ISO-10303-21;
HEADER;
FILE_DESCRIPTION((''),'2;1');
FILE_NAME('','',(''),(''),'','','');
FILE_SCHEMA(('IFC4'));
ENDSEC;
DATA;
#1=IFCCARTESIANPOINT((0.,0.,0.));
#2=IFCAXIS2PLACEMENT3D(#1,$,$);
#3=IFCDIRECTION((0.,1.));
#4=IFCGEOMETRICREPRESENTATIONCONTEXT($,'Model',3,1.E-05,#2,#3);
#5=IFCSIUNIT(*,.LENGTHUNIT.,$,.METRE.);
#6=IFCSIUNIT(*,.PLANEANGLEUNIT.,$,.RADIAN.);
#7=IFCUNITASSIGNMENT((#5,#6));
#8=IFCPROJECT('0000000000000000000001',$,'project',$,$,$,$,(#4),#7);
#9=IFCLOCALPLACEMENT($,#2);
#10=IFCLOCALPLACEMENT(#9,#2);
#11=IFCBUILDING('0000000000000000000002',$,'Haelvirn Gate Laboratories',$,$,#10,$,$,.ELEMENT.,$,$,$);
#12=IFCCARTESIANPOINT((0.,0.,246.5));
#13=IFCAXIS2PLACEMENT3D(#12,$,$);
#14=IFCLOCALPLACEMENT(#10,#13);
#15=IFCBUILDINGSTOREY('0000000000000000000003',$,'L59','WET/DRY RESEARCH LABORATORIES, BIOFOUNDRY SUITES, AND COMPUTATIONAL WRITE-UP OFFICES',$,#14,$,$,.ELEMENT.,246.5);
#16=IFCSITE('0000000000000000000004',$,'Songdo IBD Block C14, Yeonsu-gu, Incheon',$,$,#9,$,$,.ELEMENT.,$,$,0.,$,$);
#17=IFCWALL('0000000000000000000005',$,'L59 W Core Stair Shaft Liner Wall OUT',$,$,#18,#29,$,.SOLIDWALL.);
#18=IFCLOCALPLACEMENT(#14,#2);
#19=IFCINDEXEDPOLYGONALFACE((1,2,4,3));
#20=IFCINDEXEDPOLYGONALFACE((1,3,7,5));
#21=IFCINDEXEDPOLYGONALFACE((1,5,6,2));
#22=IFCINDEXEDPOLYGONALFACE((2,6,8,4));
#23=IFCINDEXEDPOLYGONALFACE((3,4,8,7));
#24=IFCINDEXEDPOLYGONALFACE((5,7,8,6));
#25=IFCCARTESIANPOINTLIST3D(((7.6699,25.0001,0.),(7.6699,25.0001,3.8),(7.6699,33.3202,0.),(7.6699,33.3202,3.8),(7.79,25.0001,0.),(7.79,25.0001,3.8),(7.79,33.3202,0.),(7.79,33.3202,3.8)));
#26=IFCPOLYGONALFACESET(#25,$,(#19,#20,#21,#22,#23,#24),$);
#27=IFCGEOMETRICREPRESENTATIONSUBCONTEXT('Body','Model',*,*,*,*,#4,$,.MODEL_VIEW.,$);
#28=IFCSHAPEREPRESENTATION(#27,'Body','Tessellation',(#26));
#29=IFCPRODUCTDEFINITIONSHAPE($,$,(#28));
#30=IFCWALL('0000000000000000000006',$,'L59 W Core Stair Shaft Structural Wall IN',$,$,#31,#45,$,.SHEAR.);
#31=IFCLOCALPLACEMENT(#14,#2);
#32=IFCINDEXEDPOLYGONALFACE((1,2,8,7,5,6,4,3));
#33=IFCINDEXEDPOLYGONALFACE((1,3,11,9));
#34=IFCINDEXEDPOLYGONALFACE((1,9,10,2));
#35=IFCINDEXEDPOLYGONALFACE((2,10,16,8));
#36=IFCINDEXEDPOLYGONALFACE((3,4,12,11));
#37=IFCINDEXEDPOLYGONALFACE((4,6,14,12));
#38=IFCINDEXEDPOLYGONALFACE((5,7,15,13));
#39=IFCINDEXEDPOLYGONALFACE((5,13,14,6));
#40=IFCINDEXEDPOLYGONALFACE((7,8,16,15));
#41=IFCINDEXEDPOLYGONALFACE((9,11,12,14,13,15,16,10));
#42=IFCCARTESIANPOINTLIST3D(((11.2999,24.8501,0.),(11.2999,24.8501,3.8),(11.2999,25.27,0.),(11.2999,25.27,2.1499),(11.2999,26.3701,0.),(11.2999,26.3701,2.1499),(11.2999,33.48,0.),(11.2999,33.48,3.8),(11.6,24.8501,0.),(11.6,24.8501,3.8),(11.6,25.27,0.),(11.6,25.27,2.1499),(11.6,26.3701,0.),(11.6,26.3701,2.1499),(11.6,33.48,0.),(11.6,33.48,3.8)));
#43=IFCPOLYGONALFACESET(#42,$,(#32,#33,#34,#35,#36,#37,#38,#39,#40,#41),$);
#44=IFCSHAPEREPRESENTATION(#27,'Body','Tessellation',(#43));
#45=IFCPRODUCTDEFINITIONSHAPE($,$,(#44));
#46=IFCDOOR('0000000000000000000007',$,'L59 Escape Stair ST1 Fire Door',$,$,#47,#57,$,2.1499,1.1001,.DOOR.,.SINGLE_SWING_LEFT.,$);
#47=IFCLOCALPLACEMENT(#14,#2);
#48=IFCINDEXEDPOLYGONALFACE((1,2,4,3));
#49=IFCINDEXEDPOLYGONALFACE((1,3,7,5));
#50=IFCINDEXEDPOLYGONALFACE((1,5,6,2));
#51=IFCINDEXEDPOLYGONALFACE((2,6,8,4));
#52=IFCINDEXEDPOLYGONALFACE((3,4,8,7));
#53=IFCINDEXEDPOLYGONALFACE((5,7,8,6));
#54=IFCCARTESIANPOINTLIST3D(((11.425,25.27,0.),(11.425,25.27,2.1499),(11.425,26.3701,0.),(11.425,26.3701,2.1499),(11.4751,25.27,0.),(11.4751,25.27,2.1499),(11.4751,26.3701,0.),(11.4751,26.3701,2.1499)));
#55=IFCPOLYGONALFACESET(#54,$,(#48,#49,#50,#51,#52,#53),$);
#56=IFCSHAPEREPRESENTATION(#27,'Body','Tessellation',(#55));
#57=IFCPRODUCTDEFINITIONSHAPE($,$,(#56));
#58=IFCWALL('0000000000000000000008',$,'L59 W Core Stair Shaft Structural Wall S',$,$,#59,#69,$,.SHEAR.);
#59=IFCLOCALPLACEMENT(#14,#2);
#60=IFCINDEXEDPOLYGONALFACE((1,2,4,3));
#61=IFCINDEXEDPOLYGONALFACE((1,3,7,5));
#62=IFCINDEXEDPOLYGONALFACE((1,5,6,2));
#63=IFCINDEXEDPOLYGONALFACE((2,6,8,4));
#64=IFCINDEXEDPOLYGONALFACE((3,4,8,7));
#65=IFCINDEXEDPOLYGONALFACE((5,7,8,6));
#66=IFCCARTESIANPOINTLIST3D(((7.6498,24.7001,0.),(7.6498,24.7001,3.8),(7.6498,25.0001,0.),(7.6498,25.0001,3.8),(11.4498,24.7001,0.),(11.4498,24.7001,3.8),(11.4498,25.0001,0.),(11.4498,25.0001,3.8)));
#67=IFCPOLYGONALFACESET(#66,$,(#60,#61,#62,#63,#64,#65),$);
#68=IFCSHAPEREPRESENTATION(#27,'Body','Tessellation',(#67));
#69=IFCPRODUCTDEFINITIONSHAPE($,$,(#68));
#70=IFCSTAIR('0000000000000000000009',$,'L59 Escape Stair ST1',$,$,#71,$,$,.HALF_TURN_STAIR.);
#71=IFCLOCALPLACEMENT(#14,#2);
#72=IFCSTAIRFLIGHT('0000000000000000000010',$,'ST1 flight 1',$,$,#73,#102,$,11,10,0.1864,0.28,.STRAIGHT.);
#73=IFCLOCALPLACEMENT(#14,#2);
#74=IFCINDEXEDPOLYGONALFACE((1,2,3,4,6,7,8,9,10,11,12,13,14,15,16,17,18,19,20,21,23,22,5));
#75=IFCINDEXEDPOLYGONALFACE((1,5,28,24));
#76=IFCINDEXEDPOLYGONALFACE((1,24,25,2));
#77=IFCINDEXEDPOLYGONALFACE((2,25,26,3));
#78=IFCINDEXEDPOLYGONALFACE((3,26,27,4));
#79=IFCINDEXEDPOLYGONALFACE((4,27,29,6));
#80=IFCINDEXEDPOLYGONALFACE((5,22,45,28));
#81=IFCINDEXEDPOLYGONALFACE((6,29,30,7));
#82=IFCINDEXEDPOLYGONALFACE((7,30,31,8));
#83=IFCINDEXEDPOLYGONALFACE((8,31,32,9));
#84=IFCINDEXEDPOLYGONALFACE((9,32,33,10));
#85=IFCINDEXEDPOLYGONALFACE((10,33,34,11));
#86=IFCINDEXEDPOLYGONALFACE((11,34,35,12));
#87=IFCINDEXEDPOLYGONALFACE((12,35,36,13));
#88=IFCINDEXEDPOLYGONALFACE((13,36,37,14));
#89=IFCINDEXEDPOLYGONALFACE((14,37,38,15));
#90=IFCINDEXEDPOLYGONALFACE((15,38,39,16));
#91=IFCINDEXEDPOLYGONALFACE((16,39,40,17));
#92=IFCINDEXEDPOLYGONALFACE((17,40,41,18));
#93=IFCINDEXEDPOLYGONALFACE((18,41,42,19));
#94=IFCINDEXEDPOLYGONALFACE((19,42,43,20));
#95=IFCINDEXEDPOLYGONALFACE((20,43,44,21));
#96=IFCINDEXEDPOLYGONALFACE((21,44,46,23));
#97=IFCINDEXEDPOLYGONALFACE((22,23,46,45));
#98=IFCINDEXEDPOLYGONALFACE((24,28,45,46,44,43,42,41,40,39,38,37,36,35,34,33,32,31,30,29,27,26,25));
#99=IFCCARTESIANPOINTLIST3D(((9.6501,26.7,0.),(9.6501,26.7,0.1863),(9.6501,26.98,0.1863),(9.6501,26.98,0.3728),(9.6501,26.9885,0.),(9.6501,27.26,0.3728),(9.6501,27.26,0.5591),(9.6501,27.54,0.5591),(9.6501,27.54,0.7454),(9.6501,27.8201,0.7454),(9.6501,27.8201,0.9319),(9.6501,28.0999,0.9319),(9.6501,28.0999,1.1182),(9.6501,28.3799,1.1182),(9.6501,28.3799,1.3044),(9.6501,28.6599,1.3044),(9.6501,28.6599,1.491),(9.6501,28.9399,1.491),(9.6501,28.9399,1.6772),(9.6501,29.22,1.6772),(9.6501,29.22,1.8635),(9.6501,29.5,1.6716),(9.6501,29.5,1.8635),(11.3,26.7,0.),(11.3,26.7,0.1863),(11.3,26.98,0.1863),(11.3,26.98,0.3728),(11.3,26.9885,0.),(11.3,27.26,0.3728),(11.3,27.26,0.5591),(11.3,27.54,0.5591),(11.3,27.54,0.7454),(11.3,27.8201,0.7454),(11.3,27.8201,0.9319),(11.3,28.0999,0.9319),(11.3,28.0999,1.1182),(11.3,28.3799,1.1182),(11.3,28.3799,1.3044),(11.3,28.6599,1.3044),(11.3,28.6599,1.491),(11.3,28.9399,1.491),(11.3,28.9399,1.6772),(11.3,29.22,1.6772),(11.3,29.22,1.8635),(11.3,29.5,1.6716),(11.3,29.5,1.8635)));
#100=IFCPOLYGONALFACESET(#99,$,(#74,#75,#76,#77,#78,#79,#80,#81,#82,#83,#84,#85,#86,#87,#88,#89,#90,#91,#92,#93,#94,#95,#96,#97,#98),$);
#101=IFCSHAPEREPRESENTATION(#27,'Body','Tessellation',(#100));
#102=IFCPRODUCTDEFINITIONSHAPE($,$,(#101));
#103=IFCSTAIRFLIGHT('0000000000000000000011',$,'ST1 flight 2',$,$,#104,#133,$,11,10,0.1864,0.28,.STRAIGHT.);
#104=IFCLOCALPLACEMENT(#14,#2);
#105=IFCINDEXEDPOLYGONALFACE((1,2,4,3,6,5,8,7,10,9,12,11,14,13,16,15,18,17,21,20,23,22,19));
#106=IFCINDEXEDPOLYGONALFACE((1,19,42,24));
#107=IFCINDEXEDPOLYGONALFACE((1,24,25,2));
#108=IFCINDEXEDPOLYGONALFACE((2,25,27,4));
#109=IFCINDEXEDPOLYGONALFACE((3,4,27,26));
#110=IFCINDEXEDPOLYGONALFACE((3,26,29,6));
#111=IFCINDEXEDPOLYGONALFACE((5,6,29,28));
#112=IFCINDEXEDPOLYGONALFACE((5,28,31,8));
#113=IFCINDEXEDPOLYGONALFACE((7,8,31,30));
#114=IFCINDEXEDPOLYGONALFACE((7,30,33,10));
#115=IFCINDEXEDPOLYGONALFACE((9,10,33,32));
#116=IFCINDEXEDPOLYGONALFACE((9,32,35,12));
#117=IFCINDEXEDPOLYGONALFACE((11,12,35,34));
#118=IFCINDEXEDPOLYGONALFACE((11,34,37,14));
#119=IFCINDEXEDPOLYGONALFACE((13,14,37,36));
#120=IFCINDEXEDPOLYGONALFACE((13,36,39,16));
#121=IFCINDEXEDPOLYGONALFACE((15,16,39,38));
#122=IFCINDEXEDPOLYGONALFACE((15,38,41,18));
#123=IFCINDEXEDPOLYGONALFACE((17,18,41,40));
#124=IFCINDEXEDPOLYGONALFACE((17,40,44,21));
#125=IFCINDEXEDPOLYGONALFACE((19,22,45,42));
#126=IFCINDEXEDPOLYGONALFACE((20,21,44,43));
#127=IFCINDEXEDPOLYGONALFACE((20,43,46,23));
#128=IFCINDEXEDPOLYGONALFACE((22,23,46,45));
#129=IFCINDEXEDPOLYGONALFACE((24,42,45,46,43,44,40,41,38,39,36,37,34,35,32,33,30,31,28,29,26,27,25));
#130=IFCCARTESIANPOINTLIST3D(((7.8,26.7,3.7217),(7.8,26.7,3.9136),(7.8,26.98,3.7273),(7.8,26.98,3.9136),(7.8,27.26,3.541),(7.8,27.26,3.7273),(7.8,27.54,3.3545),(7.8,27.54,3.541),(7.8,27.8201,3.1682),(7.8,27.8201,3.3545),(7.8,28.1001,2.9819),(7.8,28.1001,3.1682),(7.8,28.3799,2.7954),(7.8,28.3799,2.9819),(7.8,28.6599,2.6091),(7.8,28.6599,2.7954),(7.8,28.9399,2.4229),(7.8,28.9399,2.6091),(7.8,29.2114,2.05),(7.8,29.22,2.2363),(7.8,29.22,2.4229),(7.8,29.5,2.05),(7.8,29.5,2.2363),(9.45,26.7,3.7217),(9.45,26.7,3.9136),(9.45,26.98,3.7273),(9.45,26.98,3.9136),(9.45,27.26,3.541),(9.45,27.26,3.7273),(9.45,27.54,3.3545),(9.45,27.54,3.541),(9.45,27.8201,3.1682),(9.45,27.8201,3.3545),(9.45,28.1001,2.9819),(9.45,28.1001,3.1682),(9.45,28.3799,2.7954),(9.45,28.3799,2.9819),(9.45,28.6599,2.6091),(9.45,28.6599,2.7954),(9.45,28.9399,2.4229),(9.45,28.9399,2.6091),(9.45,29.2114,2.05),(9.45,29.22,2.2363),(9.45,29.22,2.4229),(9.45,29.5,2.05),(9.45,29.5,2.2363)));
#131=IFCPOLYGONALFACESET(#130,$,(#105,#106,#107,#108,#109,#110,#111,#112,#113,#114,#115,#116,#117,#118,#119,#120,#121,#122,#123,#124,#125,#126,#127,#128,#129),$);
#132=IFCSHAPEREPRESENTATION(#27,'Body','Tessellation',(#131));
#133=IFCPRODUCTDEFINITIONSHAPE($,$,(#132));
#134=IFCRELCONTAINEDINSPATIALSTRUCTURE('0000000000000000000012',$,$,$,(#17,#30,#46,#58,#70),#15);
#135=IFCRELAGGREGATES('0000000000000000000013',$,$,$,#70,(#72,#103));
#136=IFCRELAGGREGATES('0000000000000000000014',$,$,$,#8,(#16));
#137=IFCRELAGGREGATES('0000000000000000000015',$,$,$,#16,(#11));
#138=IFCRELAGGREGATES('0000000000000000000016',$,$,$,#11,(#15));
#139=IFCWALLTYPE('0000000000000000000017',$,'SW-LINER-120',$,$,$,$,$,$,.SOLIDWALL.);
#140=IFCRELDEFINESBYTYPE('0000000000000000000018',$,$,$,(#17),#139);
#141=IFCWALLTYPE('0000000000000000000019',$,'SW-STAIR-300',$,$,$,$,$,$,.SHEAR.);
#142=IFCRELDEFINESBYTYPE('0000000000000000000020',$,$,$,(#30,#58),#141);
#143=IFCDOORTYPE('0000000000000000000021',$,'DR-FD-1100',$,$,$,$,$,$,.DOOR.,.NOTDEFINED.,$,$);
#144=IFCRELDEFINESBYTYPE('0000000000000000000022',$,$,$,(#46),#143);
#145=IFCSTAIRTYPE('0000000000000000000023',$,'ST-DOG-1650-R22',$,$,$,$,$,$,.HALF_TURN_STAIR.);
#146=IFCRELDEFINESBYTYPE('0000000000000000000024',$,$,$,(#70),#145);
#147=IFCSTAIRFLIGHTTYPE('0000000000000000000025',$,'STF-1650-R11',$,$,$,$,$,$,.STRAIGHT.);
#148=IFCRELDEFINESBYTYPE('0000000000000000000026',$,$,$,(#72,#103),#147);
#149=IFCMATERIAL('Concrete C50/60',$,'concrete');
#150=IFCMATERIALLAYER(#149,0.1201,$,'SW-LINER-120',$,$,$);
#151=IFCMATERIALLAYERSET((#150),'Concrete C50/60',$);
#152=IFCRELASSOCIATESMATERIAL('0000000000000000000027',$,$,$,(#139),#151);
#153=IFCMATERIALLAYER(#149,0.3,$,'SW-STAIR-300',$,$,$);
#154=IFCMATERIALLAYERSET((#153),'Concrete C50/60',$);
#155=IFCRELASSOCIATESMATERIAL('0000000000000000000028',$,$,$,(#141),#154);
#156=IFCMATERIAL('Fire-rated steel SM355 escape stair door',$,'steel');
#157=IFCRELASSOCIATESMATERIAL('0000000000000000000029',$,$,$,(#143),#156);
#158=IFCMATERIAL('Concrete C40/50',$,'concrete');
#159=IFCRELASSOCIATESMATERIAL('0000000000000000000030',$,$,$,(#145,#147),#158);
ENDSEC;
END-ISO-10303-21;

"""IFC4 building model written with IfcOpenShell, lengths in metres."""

from ifc_helpers import new_model, si_unit, direction, frame, frame_2d, origin, place, context, subcontext, project, spatial, polyline, rectangle, outline, extrude, source, transform, mapped, material, layer, layer_set, type_object, type_shapes, element, fill, aggregate, save


model = new_model("IFC4")

# Units and contexts
model_context = context("Model", 3, precision=1e-05, world=origin(), true_north=direction((0.0, 1.0)))
body_context = subcontext(model_context, "Body", "Model", "MODEL_VIEW")
ifc_project = project(units=[si_unit("LENGTHUNIT", "METRE"), si_unit("PLANEANGLEUNIT", "RADIAN")], contexts=[model_context])

# Site, building, storey
site_placement = place(None, origin())
site = spatial("IfcSite", under=ifc_project, at=site_placement, Name="Songdo IBD Block C14, Yeonsu-gu, Incheon", CompositionType="ELEMENT", RefElevation=0.0)
building_placement = place(site_placement, origin())
building = spatial("IfcBuilding", under=site, at=building_placement, Name="Haelvirn Gate Laboratories", CompositionType="ELEMENT")
storey_placement = place(building_placement, frame((0.0, 0.0, 246.5)))
storey = spatial("IfcBuildingStorey", under=building, at=storey_placement, Name="L59", Description="WET/DRY RESEARCH LABORATORIES, BIOFOUNDRY SUITES, AND COMPUTATIONAL WRITE-UP OFFICES", CompositionType="ELEMENT", Elevation=246.5)

# Shared definitions
ifc_material_1 = material(Name="Concrete C50/60", Category="concrete")

# Shared definitions
ifc_material_2 = material(Name="Concrete C40/50", Category="concrete")

# Wall
ifc_layer_1 = layer(ifc_material_1, 0.1201, Name="SW-LINER-120")
ifc_layer_set_1 = layer_set([ifc_layer_1], Name="Concrete C50/60")
wall_type_1 = type_object("IfcWallType", Name="SW-LINER-120", PredefinedType="SOLIDWALL", material=ifc_layer_set_1)
wall_1_placement = place(storey_placement, frame((7.73, 25.0, 0.0), z_axis=(0.0, 0.0, 1.0), x_axis=(0.0, 1.0, 0.0)))
element("IfcWall", 1, at=wall_1_placement, inside=storey, type_object=wall_type_1, Name="L59 W Core Stair Shaft Liner Wall OUT", PredefinedType="SOLIDWALL", context=body_context, shape_type="SweptSolid", body=[
    extrude(rectangle(XDim=8.3201, YDim=0.1201, at=frame_2d((4.1602, 0.0))), origin(), (0.0, 0.0, 1.0), 3.8),
])

# Wall, opening, door
ifc_layer_2 = layer(ifc_material_1, 0.3, Name="SW-STAIR-300")
ifc_layer_set_2 = layer_set([ifc_layer_2], Name="Concrete C50/60")
wall_type_2 = type_object("IfcWallType", Name="SW-STAIR-300", PredefinedType="SHEAR", material=ifc_layer_set_2)
wall_2_placement = place(storey_placement, frame((11.45, 24.8501, 0.0), z_axis=(0.0, 0.0, 1.0), x_axis=(0.0, 1.0, 0.0)))
wall_2 = element("IfcWall", 2, at=wall_2_placement, inside=storey, type_object=wall_type_2, Name="L59 W Core Stair Shaft Structural Wall IN", PredefinedType="SHEAR", context=body_context, shape_type="SweptSolid", body=[
    extrude(rectangle(XDim=8.6299, YDim=0.3, at=frame_2d((4.3149, 0.0))), origin(), (0.0, 0.0, 1.0), 3.8),
])
opening_1_placement = place(wall_2_placement, frame((0.4199, 0.0, 0.0)))
opening_1 = element("IfcOpeningElement", 3, at=opening_1_placement, cuts=wall_2, PredefinedType="OPENING", context=body_context, shape_type="SweptSolid", body=[
    extrude(rectangle(XDim=1.1001, YDim=2.1499, at=frame_2d((0.55, 1.075))), frame((0.0, 0.1602, 0.0), z_axis=(0.0, -1.0, 0.0), x_axis=(1.0, 0.0, 0.0)), (0.0, 0.0, 1.0), 0.3201),
])
ifc_material_3 = material(Name="Fire-rated steel SM355 escape stair door", Category="steel")
door_type_1 = type_object("IfcDoorType", Name="DR-FD-1100", OperationType="NOTDEFINED", PredefinedType="DOOR", material=ifc_material_3)
shared_shape_1 = source(origin(), body_context, "Body", "SweptSolid", [
    extrude(rectangle(XDim=1.1001, YDim=2.1499, at=frame_2d((0.55, 1.075))), frame((0.0, 0.0249, 0.0), z_axis=(0.0, -1.0, 0.0), x_axis=(1.0, 0.0, 0.0)), (0.0, 0.0, 1.0), 0.05),
])
type_shapes(door_type_1, [shared_shape_1])
door_1_placement = place(opening_1_placement, origin())
door_1 = element("IfcDoor", 4, at=door_1_placement, inside=storey, type_object=door_type_1, Name="L59 Escape Stair ST1 Fire Door", OperationType="SINGLE_SWING_LEFT", OverallHeight=2.1499, OverallWidth=1.1001, PredefinedType="DOOR", context=body_context, shape_type="MappedRepresentation", body=[
    mapped(shared_shape_1, transform((0.0, 0.0, 0.0), scale=1.0)),
])
fill(opening_1, door_1)

# Wall
wall_3_placement = place(storey_placement, frame((7.6499, 24.8501, 0.0), z_axis=(0.0, 0.0, 1.0), x_axis=(1.0, 0.0, 0.0)))
element("IfcWall", 5, at=wall_3_placement, inside=storey, type_object=wall_type_2, Name="L59 W Core Stair Shaft Structural Wall S", PredefinedType="SHEAR", context=body_context, shape_type="SweptSolid", body=[
    extrude(rectangle(XDim=3.8, YDim=0.3, at=frame_2d((1.8999, 0.0))), origin(), (0.0, 0.0, 1.0), 3.8),
])

# Stair, stair flights
stair_type = type_object("IfcStairType", Name="ST-DOG-1650-R22", PredefinedType="HALF_TURN_STAIR", material=ifc_material_2)
stair_placement = place(storey_placement, origin())
stair = element("IfcStair", 6, at=stair_placement, inside=storey, type_object=stair_type, Name="L59 Escape Stair ST1", PredefinedType="HALF_TURN_STAIR")
stair_flight_type = type_object("IfcStairFlightType", Name="STF-1650-R11", PredefinedType="STRAIGHT", material=ifc_material_2)
shared_shape_2 = source(origin(), body_context, "Body", "SweptSolid", [
    extrude(outline(polyline([(0.0, 0.0), (0.0, 0.1863), (0.28, 0.1863), (0.28, 0.3728), (0.5601, 0.3728), (0.5601, 0.5591), (0.8401, 0.5591), (0.8401, 0.7454), (1.1201, 0.7454), (1.1201, 0.9319), (1.3999, 0.9319), (1.3999, 1.1182), (1.6799, 1.1182), (1.6799, 1.3044), (1.96, 1.3044), (1.96, 1.491), (2.24, 1.491), (2.24, 1.6772), (2.52, 1.6772), (2.52, 1.8635), (2.8, 1.8635), (2.8, 2.05), (2.8, 1.6716), (0.2886, 0.0), (0.0, 0.0)])), frame((0.0, 0.825, 0.0), z_axis=(0.0, -1.0, 0.0), x_axis=(1.0, 0.0, 0.0)), (0.0, 0.0, 1.0), 1.6499),
])
type_shapes(stair_flight_type, [shared_shape_2])
stair_flight_1_placement = place(storey_placement, frame((10.4751, 26.7, 0.0), z_axis=(0.0, 0.0, 1.0), x_axis=(0.0, 1.0, 0.0)))
stair_flight_1 = element("IfcStairFlight", 7, at=stair_flight_1_placement, type_object=stair_flight_type, Name="ST1 flight 1", NumberOfRisers=11, NumberOfTreads=10, PredefinedType="STRAIGHT", RiserHeight=0.1864, TreadLength=0.28, context=body_context, shape_type="MappedRepresentation", body=[
    mapped(shared_shape_2, transform((0.0, 0.0, 0.0), scale=1.0)),
])
stair_flight_2_placement = place(storey_placement, frame((8.625, 29.5, 2.05), z_axis=(0.0, 0.0, 1.0), x_axis=(0.0, -1.0, 0.0)))
stair_flight_2 = element("IfcStairFlight", 8, at=stair_flight_2_placement, type_object=stair_flight_type, Name="ST1 flight 2", NumberOfRisers=11, NumberOfTreads=10, PredefinedType="STRAIGHT", RiserHeight=0.1864, TreadLength=0.28, context=body_context, shape_type="MappedRepresentation", body=[
    mapped(shared_shape_2, transform((0.0, 0.0, 0.0), scale=1.0)),
])
aggregate(stair, [stair_flight_1, stair_flight_2])

save(model, "model.ifc")
